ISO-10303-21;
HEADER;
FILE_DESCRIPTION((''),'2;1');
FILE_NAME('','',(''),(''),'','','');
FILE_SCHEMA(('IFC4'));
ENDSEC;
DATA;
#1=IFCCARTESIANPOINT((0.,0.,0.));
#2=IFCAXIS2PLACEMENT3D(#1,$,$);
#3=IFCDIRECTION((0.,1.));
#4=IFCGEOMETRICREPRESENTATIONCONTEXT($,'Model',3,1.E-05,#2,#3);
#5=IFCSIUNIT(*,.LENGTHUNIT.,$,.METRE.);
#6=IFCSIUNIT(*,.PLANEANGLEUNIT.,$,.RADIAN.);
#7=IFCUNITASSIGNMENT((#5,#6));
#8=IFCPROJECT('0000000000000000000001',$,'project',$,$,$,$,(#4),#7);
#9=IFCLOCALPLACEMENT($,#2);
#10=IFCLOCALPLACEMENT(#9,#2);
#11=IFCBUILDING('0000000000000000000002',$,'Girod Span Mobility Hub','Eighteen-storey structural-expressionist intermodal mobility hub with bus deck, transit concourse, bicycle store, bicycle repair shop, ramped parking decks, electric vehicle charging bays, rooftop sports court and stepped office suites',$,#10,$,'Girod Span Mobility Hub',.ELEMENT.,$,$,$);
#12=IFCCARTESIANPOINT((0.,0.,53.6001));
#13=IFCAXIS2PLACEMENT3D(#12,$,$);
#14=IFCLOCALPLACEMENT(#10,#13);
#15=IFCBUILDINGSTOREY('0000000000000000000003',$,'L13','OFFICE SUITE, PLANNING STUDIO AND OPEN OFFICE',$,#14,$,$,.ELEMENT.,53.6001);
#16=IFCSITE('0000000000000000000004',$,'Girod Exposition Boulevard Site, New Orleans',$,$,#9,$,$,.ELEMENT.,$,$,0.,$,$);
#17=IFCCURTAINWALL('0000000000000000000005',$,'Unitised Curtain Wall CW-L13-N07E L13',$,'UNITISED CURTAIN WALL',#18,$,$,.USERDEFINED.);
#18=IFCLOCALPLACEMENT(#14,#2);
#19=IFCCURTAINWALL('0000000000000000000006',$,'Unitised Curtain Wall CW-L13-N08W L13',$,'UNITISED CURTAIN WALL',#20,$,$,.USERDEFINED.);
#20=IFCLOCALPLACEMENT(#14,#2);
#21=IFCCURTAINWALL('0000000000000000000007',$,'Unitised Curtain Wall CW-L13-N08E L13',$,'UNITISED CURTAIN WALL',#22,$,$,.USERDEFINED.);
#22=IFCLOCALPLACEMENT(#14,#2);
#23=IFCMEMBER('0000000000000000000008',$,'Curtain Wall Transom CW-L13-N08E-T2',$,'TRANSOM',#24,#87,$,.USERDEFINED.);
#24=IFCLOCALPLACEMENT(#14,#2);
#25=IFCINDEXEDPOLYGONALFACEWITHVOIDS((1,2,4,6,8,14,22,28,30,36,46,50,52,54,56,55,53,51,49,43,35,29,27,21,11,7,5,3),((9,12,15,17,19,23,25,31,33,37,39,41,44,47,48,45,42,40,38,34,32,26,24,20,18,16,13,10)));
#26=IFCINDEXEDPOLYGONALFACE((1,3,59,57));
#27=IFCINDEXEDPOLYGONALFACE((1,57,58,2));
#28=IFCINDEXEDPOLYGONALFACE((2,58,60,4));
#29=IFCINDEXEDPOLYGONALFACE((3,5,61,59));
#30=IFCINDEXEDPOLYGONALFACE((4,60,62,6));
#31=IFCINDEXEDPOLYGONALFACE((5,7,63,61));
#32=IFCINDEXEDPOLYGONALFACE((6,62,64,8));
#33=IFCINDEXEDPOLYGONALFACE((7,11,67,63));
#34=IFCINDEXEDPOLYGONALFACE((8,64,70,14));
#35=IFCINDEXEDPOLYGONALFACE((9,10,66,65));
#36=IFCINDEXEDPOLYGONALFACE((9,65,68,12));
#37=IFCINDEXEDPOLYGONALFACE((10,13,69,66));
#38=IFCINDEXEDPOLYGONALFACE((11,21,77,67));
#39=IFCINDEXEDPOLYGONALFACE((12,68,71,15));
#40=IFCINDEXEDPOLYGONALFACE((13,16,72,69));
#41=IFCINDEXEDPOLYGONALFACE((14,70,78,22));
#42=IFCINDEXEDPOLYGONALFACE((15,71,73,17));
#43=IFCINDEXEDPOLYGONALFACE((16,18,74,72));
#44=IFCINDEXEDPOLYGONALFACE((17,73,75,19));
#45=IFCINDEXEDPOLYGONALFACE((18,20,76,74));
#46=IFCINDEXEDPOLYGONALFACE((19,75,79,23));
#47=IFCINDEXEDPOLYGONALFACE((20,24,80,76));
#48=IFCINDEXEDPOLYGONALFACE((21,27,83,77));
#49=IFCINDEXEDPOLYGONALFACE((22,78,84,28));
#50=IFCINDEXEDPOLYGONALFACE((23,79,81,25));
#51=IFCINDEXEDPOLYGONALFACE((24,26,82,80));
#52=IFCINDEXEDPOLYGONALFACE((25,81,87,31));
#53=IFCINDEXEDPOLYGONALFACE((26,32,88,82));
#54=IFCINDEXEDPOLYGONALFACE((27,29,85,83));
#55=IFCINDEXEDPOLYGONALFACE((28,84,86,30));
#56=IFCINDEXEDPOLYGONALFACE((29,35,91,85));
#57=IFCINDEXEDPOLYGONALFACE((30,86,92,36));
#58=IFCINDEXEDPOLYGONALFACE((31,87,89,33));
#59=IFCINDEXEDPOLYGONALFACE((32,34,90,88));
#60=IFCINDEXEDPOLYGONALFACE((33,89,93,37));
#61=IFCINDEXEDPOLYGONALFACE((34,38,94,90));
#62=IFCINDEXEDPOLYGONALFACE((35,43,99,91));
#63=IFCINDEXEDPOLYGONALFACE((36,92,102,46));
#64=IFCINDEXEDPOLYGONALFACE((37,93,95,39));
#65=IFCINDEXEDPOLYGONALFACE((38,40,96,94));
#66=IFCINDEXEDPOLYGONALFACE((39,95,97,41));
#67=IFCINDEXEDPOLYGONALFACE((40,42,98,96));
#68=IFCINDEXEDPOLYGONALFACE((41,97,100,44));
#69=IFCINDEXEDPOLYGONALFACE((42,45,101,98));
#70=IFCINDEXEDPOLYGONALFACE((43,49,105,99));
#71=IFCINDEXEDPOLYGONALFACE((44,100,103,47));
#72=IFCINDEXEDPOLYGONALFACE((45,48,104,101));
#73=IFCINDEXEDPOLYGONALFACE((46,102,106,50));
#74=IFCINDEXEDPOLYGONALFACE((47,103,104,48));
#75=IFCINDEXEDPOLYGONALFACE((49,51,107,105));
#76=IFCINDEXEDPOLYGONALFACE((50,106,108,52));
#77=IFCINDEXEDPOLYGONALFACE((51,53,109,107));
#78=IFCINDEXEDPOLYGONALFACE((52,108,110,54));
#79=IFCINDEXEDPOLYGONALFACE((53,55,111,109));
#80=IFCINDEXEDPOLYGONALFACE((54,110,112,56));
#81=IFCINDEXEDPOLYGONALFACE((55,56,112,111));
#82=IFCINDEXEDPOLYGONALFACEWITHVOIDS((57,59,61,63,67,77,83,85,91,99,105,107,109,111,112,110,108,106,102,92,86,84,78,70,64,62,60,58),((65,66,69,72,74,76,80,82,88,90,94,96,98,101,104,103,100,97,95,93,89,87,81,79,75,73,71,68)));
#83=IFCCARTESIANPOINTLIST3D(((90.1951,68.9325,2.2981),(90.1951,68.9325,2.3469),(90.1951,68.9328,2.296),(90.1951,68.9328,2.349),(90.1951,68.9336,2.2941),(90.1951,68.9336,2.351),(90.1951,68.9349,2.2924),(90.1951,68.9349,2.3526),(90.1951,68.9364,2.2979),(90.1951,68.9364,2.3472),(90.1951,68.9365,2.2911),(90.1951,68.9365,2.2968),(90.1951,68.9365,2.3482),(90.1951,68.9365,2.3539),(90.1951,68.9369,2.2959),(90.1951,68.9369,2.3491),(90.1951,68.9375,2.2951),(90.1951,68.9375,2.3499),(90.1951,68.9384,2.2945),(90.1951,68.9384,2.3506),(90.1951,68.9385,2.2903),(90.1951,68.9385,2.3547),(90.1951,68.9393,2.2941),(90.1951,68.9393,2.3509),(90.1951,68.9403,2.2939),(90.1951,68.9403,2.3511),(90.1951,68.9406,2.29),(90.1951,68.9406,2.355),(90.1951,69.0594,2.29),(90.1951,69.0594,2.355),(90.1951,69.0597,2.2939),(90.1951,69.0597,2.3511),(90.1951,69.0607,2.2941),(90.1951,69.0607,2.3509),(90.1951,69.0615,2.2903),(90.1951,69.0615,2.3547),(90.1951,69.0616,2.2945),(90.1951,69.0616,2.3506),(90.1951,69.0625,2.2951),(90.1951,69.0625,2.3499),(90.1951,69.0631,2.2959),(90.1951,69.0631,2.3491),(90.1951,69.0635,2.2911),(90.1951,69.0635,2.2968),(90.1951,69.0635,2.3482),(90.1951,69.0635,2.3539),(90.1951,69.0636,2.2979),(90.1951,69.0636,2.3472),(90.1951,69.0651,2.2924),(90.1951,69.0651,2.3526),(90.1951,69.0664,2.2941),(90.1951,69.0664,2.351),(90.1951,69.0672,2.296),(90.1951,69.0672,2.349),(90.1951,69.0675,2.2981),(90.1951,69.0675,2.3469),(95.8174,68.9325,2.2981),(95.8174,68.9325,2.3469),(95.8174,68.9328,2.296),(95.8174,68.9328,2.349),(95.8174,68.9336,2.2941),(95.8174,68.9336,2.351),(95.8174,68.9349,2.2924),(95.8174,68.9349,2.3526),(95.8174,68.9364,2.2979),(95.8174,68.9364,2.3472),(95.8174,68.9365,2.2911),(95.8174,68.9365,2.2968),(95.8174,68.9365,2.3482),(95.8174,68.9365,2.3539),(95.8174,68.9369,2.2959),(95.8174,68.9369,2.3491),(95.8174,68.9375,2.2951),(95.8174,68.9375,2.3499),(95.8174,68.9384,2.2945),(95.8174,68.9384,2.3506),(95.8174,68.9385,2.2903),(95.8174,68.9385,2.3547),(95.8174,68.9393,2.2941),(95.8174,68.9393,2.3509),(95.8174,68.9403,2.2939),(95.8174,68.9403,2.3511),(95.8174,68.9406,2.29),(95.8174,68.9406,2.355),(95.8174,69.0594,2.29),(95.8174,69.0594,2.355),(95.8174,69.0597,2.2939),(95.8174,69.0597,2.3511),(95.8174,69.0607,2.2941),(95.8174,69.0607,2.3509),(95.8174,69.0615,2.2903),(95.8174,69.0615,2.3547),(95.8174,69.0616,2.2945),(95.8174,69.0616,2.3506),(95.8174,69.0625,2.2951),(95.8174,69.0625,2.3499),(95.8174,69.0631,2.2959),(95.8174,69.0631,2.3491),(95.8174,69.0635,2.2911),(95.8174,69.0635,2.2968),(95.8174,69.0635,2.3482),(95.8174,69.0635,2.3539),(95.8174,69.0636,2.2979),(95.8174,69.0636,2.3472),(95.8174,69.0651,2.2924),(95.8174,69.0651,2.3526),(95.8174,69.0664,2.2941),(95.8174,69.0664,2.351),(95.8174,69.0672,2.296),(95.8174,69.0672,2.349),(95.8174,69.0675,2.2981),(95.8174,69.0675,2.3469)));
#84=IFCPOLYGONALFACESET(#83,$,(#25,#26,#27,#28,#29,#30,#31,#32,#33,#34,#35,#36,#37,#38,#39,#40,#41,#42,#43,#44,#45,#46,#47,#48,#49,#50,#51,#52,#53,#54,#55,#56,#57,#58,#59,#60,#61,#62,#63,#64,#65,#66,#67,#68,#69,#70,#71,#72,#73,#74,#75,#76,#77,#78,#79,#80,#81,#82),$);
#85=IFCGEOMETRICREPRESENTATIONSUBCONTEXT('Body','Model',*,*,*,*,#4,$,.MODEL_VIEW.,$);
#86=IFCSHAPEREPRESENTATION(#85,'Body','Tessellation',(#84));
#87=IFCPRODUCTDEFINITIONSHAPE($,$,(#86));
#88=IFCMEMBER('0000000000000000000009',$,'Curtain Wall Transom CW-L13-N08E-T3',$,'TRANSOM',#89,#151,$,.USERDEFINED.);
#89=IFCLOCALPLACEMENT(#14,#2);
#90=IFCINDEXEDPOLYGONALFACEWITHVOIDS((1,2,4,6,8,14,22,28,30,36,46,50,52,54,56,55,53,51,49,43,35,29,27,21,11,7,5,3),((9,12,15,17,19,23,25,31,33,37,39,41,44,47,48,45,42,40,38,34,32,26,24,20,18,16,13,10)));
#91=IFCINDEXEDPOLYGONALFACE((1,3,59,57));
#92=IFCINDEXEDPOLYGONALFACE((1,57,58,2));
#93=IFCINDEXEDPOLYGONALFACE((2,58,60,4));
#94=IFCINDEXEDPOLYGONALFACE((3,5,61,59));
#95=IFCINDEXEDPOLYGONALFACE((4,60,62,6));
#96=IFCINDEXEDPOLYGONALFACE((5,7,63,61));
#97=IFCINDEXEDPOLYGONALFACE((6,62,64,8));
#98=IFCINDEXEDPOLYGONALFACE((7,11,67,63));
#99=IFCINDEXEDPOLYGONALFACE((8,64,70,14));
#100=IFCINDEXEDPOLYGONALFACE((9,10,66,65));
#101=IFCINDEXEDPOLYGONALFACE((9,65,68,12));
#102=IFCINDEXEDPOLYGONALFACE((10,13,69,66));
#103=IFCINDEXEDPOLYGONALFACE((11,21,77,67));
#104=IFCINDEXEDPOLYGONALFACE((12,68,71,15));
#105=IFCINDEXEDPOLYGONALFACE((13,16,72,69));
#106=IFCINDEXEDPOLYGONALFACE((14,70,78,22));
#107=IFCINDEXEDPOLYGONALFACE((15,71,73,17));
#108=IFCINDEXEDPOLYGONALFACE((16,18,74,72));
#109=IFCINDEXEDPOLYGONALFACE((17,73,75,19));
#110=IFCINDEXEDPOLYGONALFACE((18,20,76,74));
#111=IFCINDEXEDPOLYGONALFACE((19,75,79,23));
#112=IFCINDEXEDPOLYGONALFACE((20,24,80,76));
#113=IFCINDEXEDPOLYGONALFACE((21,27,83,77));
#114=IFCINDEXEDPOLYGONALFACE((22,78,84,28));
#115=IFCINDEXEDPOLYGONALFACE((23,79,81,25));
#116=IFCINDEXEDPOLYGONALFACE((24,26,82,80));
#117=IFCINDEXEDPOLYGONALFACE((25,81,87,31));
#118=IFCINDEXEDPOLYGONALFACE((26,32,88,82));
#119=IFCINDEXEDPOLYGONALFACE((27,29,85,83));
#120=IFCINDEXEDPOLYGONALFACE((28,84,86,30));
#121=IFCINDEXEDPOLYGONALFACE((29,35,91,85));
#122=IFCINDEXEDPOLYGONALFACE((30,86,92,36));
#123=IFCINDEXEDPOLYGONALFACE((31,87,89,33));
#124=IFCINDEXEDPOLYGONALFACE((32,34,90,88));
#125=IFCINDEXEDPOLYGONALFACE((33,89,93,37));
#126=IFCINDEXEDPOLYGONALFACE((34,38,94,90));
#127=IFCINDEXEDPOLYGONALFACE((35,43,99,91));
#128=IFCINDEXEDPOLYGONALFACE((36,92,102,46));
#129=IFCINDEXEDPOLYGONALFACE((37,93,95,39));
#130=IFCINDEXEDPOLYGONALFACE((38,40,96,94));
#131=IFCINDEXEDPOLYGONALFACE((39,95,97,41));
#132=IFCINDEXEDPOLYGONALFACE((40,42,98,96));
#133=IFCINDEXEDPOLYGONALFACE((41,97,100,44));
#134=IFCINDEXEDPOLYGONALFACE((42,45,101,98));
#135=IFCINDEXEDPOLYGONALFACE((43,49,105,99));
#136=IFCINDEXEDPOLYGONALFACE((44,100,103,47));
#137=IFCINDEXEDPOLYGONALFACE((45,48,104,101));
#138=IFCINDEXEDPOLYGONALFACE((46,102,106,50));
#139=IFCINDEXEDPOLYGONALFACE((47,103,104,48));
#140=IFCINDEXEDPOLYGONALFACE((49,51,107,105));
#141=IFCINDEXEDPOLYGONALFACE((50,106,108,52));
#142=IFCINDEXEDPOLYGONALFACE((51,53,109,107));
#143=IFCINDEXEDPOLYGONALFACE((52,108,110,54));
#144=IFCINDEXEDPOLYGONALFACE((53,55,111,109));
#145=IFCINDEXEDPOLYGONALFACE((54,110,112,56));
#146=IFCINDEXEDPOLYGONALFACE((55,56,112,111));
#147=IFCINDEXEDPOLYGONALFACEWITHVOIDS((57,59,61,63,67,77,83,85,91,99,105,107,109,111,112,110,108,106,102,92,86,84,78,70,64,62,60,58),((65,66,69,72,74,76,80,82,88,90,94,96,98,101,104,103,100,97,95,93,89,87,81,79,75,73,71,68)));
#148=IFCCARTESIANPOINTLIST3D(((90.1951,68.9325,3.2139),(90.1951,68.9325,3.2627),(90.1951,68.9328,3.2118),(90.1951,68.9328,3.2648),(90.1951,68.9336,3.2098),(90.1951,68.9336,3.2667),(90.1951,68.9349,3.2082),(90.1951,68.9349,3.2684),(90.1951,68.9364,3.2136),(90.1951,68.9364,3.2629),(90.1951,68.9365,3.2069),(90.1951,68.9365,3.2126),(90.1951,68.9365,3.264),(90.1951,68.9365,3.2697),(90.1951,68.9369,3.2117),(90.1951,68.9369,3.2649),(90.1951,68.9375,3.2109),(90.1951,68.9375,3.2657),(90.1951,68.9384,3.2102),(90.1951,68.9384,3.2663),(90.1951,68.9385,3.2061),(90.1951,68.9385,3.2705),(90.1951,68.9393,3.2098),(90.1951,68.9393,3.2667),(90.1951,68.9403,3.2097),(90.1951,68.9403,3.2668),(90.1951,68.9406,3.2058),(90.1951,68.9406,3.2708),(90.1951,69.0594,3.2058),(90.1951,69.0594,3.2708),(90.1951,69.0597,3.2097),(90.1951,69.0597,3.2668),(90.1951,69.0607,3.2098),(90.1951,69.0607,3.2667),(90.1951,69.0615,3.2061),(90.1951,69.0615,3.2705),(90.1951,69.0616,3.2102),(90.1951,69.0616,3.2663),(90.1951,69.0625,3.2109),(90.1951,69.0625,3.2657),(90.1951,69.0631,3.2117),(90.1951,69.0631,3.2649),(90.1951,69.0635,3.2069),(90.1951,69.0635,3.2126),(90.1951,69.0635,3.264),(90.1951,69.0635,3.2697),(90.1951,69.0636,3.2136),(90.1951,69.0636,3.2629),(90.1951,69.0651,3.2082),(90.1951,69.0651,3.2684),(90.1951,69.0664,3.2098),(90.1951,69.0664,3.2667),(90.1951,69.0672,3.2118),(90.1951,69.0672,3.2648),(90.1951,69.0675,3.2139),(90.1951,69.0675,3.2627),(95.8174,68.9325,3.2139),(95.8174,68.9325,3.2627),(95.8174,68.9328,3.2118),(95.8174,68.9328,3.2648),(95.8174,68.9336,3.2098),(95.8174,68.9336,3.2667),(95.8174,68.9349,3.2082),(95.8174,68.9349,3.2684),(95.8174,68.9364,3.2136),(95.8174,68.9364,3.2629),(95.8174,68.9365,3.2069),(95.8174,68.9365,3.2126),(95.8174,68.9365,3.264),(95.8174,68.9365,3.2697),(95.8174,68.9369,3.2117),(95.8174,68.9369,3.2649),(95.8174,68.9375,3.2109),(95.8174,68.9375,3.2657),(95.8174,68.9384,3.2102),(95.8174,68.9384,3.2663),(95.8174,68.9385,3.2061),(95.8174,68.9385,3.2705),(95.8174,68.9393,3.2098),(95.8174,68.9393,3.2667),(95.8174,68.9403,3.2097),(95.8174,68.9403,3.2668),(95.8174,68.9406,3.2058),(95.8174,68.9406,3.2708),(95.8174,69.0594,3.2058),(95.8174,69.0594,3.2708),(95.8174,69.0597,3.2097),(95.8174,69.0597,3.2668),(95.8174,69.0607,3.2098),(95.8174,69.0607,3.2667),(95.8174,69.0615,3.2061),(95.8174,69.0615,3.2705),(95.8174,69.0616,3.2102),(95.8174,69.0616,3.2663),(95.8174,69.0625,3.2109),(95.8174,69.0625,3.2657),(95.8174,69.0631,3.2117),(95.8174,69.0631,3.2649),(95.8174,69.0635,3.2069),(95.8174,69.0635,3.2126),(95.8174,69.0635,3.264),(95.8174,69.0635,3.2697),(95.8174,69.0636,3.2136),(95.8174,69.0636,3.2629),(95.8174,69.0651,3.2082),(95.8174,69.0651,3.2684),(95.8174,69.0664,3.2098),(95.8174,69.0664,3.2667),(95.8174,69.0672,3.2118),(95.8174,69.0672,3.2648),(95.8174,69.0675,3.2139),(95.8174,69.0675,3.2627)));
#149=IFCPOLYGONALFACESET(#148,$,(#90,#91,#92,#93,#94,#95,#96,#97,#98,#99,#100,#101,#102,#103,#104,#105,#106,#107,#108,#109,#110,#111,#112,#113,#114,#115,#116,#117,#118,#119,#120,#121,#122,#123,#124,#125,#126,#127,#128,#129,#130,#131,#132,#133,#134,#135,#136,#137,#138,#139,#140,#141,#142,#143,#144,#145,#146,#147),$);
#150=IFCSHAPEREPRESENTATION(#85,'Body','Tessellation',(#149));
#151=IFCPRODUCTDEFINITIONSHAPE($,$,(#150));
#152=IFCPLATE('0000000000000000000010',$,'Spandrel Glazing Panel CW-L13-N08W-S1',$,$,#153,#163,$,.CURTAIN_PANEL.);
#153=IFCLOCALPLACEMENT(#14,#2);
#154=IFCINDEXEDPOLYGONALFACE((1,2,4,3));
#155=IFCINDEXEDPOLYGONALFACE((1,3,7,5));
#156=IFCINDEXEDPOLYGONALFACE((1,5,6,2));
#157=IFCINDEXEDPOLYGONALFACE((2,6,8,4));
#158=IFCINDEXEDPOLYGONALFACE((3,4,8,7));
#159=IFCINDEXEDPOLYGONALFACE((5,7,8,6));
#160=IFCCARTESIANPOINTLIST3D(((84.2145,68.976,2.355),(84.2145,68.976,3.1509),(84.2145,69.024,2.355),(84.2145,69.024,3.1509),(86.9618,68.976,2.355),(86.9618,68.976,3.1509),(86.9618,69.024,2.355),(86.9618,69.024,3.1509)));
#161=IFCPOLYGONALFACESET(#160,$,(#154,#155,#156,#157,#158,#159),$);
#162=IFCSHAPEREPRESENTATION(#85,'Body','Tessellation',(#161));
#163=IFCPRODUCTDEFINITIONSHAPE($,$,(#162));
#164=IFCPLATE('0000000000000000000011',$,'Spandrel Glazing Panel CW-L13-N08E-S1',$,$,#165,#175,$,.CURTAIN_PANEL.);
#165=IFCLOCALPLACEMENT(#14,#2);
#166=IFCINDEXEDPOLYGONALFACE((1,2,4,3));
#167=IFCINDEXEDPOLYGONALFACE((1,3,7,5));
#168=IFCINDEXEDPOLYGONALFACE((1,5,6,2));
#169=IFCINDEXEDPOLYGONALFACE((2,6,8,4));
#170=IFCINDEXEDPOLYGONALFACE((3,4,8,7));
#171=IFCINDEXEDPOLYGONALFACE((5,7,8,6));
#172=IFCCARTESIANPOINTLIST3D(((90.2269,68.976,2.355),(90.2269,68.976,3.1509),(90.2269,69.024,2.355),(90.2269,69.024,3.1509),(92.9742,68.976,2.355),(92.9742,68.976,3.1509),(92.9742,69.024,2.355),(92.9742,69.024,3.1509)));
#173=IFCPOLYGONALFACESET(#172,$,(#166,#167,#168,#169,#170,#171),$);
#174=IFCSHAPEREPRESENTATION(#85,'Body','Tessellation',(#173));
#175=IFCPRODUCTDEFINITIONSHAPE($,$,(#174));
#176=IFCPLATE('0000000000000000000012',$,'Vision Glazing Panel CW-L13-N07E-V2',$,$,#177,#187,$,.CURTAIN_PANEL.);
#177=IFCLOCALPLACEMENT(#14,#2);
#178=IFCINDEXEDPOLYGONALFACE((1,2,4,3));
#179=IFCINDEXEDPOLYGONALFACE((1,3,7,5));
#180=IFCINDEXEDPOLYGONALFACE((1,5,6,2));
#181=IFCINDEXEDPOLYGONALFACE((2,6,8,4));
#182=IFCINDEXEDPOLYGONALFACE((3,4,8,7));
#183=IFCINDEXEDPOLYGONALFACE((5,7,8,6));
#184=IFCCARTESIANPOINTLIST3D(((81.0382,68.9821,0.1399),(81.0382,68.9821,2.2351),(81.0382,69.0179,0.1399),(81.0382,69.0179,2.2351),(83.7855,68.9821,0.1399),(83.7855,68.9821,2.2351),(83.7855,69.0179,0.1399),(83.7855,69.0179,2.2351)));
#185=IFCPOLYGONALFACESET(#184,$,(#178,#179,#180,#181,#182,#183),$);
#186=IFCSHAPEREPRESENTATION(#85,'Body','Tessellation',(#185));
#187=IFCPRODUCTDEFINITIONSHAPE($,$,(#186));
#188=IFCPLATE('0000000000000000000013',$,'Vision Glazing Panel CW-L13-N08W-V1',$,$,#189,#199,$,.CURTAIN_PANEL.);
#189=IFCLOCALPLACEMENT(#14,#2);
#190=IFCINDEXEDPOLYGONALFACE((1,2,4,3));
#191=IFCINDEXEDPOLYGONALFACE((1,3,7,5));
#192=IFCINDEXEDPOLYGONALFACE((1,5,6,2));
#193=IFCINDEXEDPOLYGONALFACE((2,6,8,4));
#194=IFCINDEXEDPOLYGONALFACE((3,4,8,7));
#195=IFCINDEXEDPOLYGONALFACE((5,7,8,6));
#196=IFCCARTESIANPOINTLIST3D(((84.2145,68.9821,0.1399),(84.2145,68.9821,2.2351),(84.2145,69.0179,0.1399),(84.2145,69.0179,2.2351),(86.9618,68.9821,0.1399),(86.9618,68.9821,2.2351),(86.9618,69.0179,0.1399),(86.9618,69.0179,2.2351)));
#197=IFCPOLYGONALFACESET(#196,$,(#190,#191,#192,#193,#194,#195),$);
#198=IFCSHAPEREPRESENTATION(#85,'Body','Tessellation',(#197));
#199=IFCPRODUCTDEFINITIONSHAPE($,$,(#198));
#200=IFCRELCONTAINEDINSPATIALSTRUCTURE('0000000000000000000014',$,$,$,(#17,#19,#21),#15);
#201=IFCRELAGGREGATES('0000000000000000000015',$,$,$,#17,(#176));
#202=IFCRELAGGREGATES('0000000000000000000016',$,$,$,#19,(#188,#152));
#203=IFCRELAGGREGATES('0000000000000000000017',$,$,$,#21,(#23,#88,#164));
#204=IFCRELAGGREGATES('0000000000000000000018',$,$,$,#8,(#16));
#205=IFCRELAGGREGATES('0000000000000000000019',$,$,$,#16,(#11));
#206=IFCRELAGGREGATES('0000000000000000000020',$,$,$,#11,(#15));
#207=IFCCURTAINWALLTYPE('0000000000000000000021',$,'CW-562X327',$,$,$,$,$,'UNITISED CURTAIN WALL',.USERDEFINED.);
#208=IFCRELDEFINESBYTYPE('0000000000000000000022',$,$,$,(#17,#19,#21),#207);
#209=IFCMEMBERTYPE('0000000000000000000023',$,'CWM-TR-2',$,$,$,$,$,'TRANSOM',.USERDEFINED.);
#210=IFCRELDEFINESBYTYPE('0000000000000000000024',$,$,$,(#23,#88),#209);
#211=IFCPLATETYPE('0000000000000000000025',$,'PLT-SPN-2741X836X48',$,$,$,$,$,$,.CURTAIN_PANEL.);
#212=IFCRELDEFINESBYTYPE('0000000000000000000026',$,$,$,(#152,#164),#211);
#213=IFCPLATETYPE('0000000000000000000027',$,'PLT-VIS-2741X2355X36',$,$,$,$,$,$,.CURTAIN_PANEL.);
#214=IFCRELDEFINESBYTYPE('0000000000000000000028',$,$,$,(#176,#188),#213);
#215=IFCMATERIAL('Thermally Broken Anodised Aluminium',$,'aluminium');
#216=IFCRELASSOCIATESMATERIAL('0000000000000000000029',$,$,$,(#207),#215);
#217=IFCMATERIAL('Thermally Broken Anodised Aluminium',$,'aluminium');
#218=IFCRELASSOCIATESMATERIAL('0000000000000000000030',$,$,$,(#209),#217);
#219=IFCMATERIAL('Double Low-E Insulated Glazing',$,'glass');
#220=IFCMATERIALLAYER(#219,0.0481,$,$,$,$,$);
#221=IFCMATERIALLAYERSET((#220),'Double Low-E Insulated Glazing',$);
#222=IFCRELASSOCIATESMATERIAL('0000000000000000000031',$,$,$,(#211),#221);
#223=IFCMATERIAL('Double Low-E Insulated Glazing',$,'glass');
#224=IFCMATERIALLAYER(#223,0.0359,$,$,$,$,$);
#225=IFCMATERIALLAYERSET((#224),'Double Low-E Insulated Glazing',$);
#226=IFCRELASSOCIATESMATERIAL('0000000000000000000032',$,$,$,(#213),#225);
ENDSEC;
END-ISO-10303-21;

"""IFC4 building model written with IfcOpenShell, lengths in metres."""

from ifc_helpers import new_model, si_unit, direction, frame, origin, origin_2d, place, context, subcontext, project, spatial, rectangle, hollow_rectangle, extrude, material, layer, layer_set, material_profile, profile_set, type_object, element, aggregate, save


model = new_model("IFC4")

# Units and contexts
model_context = context("Model", 3, precision=1e-05, world=origin(), true_north=direction((0.0, 1.0)))
body_context = subcontext(model_context, "Body", "Model", "MODEL_VIEW")
ifc_project = project(units=[si_unit("LENGTHUNIT", "METRE"), si_unit("PLANEANGLEUNIT", "RADIAN")], contexts=[model_context])

# Site, building, storey
site_placement = place(None, origin())
site = spatial("IfcSite", under=ifc_project, at=site_placement, Name="Girod Exposition Boulevard Site, New Orleans", CompositionType="ELEMENT", RefElevation=0.0)
building_placement = place(site_placement, origin())
building = spatial("IfcBuilding", under=site, at=building_placement, Name="Girod Span Mobility Hub", Description="Eighteen-storey structural-expressionist intermodal mobility hub with bus deck, transit concourse, bicycle store, bicycle repair shop, ramped parking decks, electric vehicle charging bays, rooftop sports court and stepped office suites", LongName="Girod Span Mobility Hub", CompositionType="ELEMENT")
storey_placement = place(building_placement, frame((0.0, 0.0, 53.6001)))
storey = spatial("IfcBuildingStorey", under=building, at=storey_placement, Name="L13", Description="OFFICE SUITE, PLANNING STUDIO AND OPEN OFFICE", CompositionType="ELEMENT", Elevation=53.6001)

# Curtain walls
ifc_material_1 = material(Name="Thermally Broken Anodised Aluminium", Category="aluminium")
curtain_wall_type = type_object("IfcCurtainWallType", Name="CW-562X327", ElementType="UNITISED CURTAIN WALL", PredefinedType="USERDEFINED", material=ifc_material_1)
curtain_wall_1_placement = place(storey_placement, origin())
curtain_wall_1 = element("IfcCurtainWall", 1, at=curtain_wall_1_placement, inside=storey, type_object=curtain_wall_type, Name="Unitised Curtain Wall CW-L13-N07E L13", ObjectType="UNITISED CURTAIN WALL", PredefinedType="USERDEFINED")
curtain_wall_2_placement = place(storey_placement, origin())
curtain_wall_2 = element("IfcCurtainWall", 2, at=curtain_wall_2_placement, inside=storey, type_object=curtain_wall_type, Name="Unitised Curtain Wall CW-L13-N08W L13", ObjectType="UNITISED CURTAIN WALL", PredefinedType="USERDEFINED")

# Curtain wall
curtain_wall_3_placement = place(storey_placement, origin())
curtain_wall_3 = element("IfcCurtainWall", 3, at=curtain_wall_3_placement, inside=storey, type_object=curtain_wall_type, Name="Unitised Curtain Wall CW-L13-N08E L13", ObjectType="UNITISED CURTAIN WALL", PredefinedType="USERDEFINED")

# Members
ifc_material_2 = material(Name="Thermally Broken Anodised Aluminium", Category="aluminium")
ifc_material_profile_1 = material_profile(ifc_material_2, hollow_rectangle(XDim=0.135, YDim=0.0649, WallThickness=0.0039, InnerFilletRadius=0.0039, OuterFilletRadius=0.0081, at=origin_2d()), Name="CW-TR-65X135")
ifc_profile_set_1 = profile_set([ifc_material_profile_1], Name="Thermally Broken Anodised Aluminium")
member_type_1 = type_object("IfcMemberType", Name="CWM-TR-2", ElementType="TRANSOM", PredefinedType="USERDEFINED", material=ifc_profile_set_1)
member_1_placement = place(storey_placement, frame((90.1951, 69.0, 2.3225), z_axis=(1.0, 0.0, 0.0), x_axis=(0.0, 1.0, 0.0)))
member_1 = element("IfcMember", 4, at=member_1_placement, type_object=member_type_1, Name="Curtain Wall Transom CW-L13-N08E-T2", ObjectType="TRANSOM", PredefinedType="USERDEFINED", context=body_context, shape_type="SweptSolid", body=[
    extrude(hollow_rectangle(XDim=0.135, YDim=0.0649, WallThickness=0.0039, InnerFilletRadius=0.0039, OuterFilletRadius=0.0081, at=origin_2d()), origin(), (0.0, 0.0, 1.0), 5.6223),
])
member_2_placement = place(storey_placement, frame((90.1951, 69.0, 3.2383), z_axis=(1.0, 0.0, 0.0), x_axis=(0.0, 1.0, 0.0)))
member_2 = element("IfcMember", 5, at=member_2_placement, type_object=member_type_1, Name="Curtain Wall Transom CW-L13-N08E-T3", ObjectType="TRANSOM", PredefinedType="USERDEFINED", context=body_context, shape_type="SweptSolid", body=[
    extrude(hollow_rectangle(XDim=0.135, YDim=0.0649, WallThickness=0.0039, InnerFilletRadius=0.0039, OuterFilletRadius=0.0081, at=origin_2d()), origin(), (0.0, 0.0, 1.0), 5.6223),
])

# Plates
ifc_material_3 = material(Name="Double Low-E Insulated Glazing", Category="glass")
ifc_layer_1 = layer(ifc_material_3, 0.0481)
ifc_layer_set_1 = layer_set([ifc_layer_1], Name="Double Low-E Insulated Glazing")
plate_type_1 = type_object("IfcPlateType", Name="PLT-SPN-2741X836X48", PredefinedType="CURTAIN_PANEL", material=ifc_layer_set_1)
plate_1_placement = place(storey_placement, frame((85.5881, 69.0, 2.355), z_axis=(0.0, 0.0, 1.0), x_axis=(1.0, 0.0, 0.0)))
plate_1 = element("IfcPlate", 6, at=plate_1_placement, type_object=plate_type_1, Name="Spandrel Glazing Panel CW-L13-N08W-S1", PredefinedType="CURTAIN_PANEL", context=body_context, shape_type="SweptSolid", body=[
    extrude(rectangle(XDim=2.7473, YDim=0.0481, at=origin_2d()), origin(), (0.0, 0.0, 1.0), 0.7959),
])
plate_2_placement = place(storey_placement, frame((91.6006, 69.0, 2.355), z_axis=(0.0, 0.0, 1.0), x_axis=(1.0, 0.0, 0.0)))
plate_2 = element("IfcPlate", 7, at=plate_2_placement, type_object=plate_type_1, Name="Spandrel Glazing Panel CW-L13-N08E-S1", PredefinedType="CURTAIN_PANEL", context=body_context, shape_type="SweptSolid", body=[
    extrude(rectangle(XDim=2.7473, YDim=0.0481, at=origin_2d()), origin(), (0.0, 0.0, 1.0), 0.7959),
])
ifc_material_4 = material(Name="Double Low-E Insulated Glazing", Category="glass")
ifc_layer_2 = layer(ifc_material_4, 0.0359)
ifc_layer_set_2 = layer_set([ifc_layer_2], Name="Double Low-E Insulated Glazing")
plate_type_2 = type_object("IfcPlateType", Name="PLT-VIS-2741X2355X36", PredefinedType="CURTAIN_PANEL", material=ifc_layer_set_2)
plate_3_placement = place(storey_placement, frame((82.4119, 69.0, 0.1399), z_axis=(0.0, 0.0, 1.0), x_axis=(1.0, 0.0, 0.0)))
plate_3 = element("IfcPlate", 8, at=plate_3_placement, type_object=plate_type_2, Name="Vision Glazing Panel CW-L13-N07E-V2", PredefinedType="CURTAIN_PANEL", context=body_context, shape_type="SweptSolid", body=[
    extrude(rectangle(XDim=2.7473, YDim=0.0359, at=origin_2d()), origin(), (0.0, 0.0, 1.0), 2.0952),
])
aggregate(curtain_wall_1, [plate_3])
plate_4_placement = place(storey_placement, frame((85.5881, 69.0, 0.1399), z_axis=(0.0, 0.0, 1.0), x_axis=(1.0, 0.0, 0.0)))
plate_4 = element("IfcPlate", 9, at=plate_4_placement, type_object=plate_type_2, Name="Vision Glazing Panel CW-L13-N08W-V1", PredefinedType="CURTAIN_PANEL", context=body_context, shape_type="SweptSolid", body=[
    extrude(rectangle(XDim=2.7473, YDim=0.0359, at=origin_2d()), origin(), (0.0, 0.0, 1.0), 2.0952),
])
aggregate(curtain_wall_2, [plate_4, plate_1])
aggregate(curtain_wall_3, [member_1, member_2, plate_2])

save(model, "model.ifc")
